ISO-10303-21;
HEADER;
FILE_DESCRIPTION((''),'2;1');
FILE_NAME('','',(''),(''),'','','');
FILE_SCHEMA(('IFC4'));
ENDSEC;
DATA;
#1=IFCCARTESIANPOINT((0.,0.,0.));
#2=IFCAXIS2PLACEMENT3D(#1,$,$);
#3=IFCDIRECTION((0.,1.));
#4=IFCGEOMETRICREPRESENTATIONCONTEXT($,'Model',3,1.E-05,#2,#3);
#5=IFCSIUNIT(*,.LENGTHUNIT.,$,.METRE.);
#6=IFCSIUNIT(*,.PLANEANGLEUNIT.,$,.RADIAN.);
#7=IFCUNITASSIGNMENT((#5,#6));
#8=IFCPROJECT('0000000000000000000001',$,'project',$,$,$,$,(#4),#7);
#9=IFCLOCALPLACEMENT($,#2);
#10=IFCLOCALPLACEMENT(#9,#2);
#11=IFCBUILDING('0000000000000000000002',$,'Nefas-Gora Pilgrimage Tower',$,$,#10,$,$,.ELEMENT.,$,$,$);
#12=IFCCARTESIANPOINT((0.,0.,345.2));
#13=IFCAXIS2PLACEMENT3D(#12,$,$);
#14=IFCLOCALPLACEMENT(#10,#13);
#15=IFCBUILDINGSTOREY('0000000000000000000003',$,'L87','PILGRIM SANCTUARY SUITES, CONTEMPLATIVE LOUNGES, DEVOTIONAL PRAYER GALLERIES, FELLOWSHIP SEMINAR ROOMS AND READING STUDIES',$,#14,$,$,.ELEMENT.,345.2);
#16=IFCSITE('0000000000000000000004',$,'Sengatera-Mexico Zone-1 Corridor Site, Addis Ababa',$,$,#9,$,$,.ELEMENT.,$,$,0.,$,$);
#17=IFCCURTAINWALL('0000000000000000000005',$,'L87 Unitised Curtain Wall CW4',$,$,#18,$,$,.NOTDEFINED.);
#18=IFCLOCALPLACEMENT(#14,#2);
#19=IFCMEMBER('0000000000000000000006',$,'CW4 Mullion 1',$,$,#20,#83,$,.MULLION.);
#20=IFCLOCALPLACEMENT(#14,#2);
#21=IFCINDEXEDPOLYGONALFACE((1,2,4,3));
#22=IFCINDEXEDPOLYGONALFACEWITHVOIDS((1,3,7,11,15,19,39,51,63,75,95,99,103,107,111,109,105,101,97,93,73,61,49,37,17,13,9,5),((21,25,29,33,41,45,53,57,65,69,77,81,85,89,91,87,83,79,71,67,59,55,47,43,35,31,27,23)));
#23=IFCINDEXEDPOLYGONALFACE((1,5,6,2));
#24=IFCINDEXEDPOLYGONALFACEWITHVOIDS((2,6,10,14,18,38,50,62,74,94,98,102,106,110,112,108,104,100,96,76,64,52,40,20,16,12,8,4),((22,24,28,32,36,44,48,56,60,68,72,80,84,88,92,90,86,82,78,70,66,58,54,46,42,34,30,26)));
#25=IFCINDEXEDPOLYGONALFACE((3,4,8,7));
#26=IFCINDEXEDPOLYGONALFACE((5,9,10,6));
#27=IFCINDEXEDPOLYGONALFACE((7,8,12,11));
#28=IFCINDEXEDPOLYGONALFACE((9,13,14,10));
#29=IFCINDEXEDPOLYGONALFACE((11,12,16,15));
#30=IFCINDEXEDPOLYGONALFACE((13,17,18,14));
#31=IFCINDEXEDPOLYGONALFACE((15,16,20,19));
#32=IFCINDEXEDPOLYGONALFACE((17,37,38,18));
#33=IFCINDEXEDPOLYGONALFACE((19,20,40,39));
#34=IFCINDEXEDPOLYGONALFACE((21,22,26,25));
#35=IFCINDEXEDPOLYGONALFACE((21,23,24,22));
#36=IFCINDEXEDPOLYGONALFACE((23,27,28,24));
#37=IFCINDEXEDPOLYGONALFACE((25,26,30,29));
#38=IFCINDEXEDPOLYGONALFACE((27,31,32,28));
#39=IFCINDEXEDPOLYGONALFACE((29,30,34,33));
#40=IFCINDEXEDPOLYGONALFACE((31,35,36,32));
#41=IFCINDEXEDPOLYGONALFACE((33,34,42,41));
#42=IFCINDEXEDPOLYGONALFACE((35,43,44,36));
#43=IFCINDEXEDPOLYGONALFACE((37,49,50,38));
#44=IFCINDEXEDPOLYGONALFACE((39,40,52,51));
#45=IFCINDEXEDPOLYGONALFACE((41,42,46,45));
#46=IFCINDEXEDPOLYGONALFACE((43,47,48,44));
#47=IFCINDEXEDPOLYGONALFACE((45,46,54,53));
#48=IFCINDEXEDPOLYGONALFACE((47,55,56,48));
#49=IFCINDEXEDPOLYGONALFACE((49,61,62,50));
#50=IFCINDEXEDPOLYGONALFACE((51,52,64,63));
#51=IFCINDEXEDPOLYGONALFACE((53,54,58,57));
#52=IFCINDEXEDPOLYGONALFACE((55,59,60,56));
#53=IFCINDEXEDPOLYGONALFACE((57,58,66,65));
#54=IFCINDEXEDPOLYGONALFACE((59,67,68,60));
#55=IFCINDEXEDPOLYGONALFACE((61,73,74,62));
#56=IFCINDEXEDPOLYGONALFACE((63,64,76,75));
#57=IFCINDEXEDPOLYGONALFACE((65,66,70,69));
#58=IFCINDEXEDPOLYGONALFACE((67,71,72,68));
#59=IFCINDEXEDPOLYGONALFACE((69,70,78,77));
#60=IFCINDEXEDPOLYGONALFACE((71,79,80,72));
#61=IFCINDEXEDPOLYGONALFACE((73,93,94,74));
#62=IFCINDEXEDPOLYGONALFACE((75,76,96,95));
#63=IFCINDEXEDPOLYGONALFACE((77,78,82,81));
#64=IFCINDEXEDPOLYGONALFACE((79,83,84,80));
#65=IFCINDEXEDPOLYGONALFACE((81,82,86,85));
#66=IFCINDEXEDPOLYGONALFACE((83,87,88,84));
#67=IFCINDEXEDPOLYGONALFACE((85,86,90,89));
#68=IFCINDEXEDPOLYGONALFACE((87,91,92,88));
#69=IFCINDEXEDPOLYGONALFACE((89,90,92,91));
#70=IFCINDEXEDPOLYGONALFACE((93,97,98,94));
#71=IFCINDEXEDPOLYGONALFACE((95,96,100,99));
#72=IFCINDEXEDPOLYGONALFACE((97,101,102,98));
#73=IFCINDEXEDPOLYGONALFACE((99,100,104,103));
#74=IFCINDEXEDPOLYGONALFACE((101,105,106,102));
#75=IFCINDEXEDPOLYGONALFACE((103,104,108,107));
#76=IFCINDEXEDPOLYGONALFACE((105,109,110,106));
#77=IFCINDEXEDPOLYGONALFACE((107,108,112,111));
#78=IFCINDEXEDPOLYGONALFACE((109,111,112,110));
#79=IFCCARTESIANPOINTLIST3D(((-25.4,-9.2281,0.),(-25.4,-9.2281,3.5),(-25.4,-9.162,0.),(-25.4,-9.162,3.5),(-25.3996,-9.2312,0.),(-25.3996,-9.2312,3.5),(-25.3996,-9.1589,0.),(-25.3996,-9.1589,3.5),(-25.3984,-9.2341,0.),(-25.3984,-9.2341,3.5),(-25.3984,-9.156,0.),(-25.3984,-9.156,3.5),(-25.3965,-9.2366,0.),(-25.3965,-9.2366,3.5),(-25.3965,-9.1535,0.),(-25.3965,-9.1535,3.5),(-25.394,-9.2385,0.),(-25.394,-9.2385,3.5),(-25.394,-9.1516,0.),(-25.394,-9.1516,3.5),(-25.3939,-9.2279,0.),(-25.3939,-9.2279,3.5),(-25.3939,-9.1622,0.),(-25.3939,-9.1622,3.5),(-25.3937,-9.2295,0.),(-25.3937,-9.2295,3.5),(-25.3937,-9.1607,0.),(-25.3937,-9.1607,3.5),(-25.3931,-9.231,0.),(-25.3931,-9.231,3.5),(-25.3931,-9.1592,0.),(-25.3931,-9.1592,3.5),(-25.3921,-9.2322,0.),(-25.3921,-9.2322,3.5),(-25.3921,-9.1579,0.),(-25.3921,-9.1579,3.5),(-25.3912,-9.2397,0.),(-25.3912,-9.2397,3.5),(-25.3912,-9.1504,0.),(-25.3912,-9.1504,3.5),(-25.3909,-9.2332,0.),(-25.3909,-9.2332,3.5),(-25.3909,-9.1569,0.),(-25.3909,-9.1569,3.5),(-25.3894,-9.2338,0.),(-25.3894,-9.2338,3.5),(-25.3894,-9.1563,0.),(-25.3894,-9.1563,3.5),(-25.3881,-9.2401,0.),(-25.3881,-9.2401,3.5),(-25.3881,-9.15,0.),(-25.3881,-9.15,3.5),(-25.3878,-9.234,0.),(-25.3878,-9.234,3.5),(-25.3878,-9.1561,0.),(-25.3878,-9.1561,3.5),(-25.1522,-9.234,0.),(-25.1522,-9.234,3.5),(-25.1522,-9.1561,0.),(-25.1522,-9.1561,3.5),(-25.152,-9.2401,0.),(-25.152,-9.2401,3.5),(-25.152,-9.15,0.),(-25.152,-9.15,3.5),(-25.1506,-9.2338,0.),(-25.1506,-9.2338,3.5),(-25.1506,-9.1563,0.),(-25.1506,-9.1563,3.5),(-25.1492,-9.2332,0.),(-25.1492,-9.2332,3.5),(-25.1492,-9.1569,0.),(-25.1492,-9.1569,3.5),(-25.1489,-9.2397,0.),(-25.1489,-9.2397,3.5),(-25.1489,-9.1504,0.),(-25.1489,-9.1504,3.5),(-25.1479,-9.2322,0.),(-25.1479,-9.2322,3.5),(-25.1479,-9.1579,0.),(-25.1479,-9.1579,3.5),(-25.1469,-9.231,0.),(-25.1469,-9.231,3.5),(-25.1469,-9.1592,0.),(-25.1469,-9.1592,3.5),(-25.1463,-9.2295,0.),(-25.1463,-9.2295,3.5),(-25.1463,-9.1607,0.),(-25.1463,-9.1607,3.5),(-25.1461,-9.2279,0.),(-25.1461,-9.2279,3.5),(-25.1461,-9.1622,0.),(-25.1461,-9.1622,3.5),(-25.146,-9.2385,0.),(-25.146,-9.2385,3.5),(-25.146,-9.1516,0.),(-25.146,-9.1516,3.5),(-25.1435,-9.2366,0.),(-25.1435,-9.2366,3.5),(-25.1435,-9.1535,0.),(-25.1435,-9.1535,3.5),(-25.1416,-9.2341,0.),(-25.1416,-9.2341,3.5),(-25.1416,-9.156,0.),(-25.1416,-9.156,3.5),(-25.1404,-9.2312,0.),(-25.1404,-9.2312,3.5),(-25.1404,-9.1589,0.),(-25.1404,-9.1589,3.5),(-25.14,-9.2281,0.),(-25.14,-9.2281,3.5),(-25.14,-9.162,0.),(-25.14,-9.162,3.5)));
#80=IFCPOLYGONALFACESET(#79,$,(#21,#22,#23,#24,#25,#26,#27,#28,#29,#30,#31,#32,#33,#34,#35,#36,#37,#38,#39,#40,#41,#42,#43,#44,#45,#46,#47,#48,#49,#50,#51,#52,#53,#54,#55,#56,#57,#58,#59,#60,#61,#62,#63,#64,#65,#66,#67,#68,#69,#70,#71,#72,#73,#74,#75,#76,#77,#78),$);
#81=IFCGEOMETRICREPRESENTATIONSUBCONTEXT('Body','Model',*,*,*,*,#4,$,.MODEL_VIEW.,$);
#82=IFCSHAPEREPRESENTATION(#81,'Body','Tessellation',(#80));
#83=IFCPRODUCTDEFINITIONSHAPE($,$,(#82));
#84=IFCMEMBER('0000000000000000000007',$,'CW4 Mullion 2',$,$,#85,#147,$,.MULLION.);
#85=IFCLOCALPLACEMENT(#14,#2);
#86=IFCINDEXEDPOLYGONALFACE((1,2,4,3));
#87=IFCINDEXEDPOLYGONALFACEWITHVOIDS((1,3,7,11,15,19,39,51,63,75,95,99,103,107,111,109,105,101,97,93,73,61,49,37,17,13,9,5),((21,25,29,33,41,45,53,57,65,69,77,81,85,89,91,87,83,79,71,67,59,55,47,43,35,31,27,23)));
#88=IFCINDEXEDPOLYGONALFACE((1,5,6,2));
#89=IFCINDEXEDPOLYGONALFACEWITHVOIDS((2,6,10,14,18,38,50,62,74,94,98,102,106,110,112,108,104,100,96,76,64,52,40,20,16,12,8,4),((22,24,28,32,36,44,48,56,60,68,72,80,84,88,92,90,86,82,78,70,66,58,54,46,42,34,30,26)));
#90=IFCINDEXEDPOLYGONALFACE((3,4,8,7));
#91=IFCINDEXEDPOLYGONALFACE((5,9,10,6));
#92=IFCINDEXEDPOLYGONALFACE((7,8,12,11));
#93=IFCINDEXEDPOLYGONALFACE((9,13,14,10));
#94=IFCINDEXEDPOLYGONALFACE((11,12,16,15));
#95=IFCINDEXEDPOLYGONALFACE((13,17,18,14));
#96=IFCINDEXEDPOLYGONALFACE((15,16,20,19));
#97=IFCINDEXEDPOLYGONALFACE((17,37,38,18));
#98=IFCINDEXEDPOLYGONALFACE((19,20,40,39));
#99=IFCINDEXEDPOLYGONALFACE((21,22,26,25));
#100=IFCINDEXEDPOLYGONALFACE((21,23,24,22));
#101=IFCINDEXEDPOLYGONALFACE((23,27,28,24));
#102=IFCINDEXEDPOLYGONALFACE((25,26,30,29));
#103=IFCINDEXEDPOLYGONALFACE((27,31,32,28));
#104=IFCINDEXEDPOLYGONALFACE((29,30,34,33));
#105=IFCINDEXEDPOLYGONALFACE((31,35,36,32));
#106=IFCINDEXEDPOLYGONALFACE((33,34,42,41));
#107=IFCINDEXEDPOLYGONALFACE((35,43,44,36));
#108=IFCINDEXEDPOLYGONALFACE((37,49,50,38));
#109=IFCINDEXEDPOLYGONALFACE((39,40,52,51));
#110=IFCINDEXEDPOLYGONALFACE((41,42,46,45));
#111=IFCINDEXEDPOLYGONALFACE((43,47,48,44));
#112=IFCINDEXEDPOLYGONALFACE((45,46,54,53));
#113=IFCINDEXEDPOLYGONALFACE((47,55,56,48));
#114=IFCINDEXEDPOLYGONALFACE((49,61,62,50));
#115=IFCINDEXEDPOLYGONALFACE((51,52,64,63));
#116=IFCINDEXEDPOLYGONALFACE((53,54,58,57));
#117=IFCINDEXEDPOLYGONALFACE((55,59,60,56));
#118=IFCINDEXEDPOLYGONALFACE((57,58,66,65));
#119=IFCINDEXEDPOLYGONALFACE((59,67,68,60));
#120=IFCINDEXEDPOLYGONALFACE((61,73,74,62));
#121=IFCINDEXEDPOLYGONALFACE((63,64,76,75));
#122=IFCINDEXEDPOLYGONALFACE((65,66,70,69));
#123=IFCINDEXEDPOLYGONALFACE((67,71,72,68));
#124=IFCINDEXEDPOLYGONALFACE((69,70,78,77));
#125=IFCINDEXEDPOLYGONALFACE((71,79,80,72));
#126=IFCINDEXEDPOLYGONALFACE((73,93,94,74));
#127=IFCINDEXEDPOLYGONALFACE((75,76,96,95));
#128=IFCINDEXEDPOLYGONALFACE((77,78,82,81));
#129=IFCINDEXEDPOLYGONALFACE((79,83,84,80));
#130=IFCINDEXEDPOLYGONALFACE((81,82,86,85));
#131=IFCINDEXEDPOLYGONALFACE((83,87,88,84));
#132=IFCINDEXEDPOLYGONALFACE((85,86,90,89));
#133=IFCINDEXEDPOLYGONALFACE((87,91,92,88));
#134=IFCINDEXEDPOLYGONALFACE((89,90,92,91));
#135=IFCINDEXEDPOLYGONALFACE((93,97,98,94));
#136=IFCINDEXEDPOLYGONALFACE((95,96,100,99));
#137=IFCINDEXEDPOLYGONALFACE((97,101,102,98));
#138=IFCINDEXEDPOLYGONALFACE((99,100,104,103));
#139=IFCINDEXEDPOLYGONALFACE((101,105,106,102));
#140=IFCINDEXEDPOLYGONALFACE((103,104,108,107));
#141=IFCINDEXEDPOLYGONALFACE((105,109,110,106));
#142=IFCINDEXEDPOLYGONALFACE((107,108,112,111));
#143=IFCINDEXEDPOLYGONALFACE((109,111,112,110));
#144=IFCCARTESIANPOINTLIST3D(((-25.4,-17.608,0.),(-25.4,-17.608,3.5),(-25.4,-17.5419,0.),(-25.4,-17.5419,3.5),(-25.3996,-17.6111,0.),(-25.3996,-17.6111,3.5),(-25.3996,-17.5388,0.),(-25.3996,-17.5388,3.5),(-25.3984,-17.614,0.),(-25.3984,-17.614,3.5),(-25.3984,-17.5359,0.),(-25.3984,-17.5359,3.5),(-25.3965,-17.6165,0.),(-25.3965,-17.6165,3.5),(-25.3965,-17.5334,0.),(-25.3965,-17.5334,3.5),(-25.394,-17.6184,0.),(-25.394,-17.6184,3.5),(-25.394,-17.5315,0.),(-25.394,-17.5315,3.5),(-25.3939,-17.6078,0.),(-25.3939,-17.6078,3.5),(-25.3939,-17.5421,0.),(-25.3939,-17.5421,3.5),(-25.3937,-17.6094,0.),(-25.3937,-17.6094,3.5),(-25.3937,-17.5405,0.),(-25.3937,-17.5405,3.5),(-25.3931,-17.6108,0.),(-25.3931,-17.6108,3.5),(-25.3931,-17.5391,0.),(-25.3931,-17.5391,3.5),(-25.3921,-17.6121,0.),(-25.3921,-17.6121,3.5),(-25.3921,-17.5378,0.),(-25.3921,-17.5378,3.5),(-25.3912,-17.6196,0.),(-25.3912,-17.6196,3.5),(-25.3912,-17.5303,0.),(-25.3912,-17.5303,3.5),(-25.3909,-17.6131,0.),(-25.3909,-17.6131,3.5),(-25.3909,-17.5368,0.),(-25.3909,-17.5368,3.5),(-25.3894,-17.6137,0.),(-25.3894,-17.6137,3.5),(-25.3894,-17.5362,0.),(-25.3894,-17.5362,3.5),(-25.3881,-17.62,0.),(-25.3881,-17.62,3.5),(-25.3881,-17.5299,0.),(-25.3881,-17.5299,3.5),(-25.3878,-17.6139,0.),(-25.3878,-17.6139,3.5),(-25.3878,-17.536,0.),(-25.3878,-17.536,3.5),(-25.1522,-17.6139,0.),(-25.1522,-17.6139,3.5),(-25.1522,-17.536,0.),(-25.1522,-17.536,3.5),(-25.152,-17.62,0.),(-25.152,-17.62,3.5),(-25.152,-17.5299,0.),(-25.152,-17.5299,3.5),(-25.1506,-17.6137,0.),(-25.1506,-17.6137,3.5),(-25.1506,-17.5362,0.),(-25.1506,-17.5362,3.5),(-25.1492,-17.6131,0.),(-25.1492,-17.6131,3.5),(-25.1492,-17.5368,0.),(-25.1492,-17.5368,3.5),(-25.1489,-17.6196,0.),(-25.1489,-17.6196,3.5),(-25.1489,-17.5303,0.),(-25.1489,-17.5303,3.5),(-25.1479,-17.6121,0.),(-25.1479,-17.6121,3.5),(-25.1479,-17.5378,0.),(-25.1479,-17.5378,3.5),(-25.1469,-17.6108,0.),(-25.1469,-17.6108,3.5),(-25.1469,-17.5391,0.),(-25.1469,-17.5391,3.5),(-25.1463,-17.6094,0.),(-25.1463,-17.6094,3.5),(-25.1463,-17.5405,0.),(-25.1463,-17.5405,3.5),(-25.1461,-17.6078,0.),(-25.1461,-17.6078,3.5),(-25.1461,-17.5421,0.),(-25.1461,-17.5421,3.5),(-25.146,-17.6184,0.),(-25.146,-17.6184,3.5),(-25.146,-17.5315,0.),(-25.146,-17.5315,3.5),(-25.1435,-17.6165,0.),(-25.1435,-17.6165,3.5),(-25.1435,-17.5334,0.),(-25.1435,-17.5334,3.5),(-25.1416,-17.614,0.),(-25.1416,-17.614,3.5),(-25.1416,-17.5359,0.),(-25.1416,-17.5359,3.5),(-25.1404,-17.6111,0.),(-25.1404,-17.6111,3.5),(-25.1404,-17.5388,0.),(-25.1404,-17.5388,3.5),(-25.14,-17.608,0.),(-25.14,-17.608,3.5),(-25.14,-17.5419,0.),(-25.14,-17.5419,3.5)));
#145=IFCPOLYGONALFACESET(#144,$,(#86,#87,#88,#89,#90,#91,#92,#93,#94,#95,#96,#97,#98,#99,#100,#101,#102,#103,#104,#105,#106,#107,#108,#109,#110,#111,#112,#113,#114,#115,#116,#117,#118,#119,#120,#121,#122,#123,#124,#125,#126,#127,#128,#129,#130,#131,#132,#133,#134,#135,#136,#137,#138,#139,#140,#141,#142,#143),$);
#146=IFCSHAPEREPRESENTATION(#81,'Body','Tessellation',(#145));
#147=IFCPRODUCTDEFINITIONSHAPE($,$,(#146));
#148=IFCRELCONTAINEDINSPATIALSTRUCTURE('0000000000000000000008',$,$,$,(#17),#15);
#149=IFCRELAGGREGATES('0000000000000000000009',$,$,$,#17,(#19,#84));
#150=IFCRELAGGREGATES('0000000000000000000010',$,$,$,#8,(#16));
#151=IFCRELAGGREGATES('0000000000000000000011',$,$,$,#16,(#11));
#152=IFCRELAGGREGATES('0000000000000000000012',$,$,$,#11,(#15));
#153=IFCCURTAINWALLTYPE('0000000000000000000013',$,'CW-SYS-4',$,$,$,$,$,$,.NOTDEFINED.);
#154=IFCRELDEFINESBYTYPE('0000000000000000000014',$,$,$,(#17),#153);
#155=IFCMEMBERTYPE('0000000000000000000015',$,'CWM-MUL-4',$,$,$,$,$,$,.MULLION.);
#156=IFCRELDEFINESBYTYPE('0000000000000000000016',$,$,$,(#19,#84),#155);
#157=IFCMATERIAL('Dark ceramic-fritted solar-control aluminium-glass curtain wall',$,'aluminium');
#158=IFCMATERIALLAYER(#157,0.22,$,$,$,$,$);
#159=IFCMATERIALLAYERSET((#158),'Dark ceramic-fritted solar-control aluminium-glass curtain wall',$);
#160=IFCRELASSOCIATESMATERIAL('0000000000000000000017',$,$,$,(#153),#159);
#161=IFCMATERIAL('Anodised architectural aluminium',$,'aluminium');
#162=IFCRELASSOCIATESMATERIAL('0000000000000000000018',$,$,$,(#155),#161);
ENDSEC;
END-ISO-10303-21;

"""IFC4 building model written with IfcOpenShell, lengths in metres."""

from ifc_helpers import new_model, si_unit, direction, frame, origin, origin_2d, place, context, subcontext, project, spatial, hollow_rectangle, extrude, source, transform, mapped, material, layer, layer_set, material_profile, profile_set, type_object, element, aggregate, save


model = new_model("IFC4")

# Units and contexts
model_context = context("Model", 3, precision=1e-05, world=origin(), true_north=direction((0.0, 1.0)))
body_context = subcontext(model_context, "Body", "Model", "MODEL_VIEW")
ifc_project = project(units=[si_unit("LENGTHUNIT", "METRE"), si_unit("PLANEANGLEUNIT", "RADIAN")], contexts=[model_context])

# Site, building, storey
site_placement = place(None, origin())
site = spatial("IfcSite", under=ifc_project, at=site_placement, Name="Sengatera-Mexico Zone-1 Corridor Site, Addis Ababa", CompositionType="ELEMENT", RefElevation=0.0)
building_placement = place(site_placement, origin())
building = spatial("IfcBuilding", under=site, at=building_placement, Name="Nefas-Gora Pilgrimage Tower", CompositionType="ELEMENT")
storey_placement = place(building_placement, frame((0.0, 0.0, 345.2)))
storey = spatial("IfcBuildingStorey", under=building, at=storey_placement, Name="L87", Description="PILGRIM SANCTUARY SUITES, CONTEMPLATIVE LOUNGES, DEVOTIONAL PRAYER GALLERIES, FELLOWSHIP SEMINAR ROOMS AND READING STUDIES", CompositionType="ELEMENT", Elevation=345.2)

# Curtain wall
ifc_material_1 = material(Name="Dark ceramic-fritted solar-control aluminium-glass curtain wall", Category="aluminium")
ifc_layer_1 = layer(ifc_material_1, 0.22)
ifc_layer_set_1 = layer_set([ifc_layer_1], Name="Dark ceramic-fritted solar-control aluminium-glass curtain wall")
curtain_wall_type = type_object("IfcCurtainWallType", Name="CW-SYS-4", PredefinedType="NOTDEFINED", material=ifc_layer_set_1)
curtain_wall_1_placement = place(storey_placement, origin())
curtain_wall_1 = element("IfcCurtainWall", 1, at=curtain_wall_1_placement, inside=storey, type_object=curtain_wall_type, Name="L87 Unitised Curtain Wall CW4", PredefinedType="NOTDEFINED")
ifc_material_2 = material(Name="Anodised architectural aluminium", Category="aluminium")

# Members
ifc_material_profile_1 = material_profile(ifc_material_2, hollow_rectangle(XDim=0.0901, YDim=0.26, WallThickness=0.0061, InnerFilletRadius=0.0061, OuterFilletRadius=0.012, at=origin_2d()), Name="ALU MULLION 90x260")
ifc_profile_set_1 = profile_set([ifc_material_profile_1], Name="Anodised architectural aluminium")
member_type_1 = type_object("IfcMemberType", Name="CWM-MUL-4", PredefinedType="MULLION", material=ifc_profile_set_1)
shared_shape_1 = source(origin(), body_context, "Body", "SweptSolid", [
    extrude(hollow_rectangle(XDim=0.0901, YDim=0.26, WallThickness=0.0061, InnerFilletRadius=0.0061, OuterFilletRadius=0.012, at=origin_2d()), origin(), (0.0, 0.0, 1.0), 3.5),
])
member_1_placement = place(storey_placement, frame((-25.27, -9.1951, 0.0), z_axis=(0.0, 0.0, 1.0), x_axis=(0.0, -1.0, 0.0)))
member_1 = element("IfcMember", 2, at=member_1_placement, type_object=member_type_1, Name="CW4 Mullion 1", PredefinedType="MULLION", context=body_context, shape_type="MappedRepresentation", body=[
    mapped(shared_shape_1, transform((0.0, 0.0, 0.0), x_axis=(1.0, 0.0, 0.0), y_axis=(0.0, 1.0, 0.0), z_axis=(0.0, 0.0, 1.0), scale=1.0)),
])
member_2_placement = place(storey_placement, frame((-25.27, -17.575, 0.0), z_axis=(0.0, 0.0, 1.0), x_axis=(0.0, -1.0, 0.0)))
member_2 = element("IfcMember", 3, at=member_2_placement, type_object=member_type_1, Name="CW4 Mullion 2", PredefinedType="MULLION", context=body_context, shape_type="MappedRepresentation", body=[
    mapped(shared_shape_1, transform((0.0, 0.0, 0.0), x_axis=(1.0, 0.0, 0.0), y_axis=(0.0, 1.0, 0.0), z_axis=(0.0, 0.0, 1.0), scale=1.0)),
])

aggregate(curtain_wall_1, [member_1, member_2])

save(model, "model.ifc")
